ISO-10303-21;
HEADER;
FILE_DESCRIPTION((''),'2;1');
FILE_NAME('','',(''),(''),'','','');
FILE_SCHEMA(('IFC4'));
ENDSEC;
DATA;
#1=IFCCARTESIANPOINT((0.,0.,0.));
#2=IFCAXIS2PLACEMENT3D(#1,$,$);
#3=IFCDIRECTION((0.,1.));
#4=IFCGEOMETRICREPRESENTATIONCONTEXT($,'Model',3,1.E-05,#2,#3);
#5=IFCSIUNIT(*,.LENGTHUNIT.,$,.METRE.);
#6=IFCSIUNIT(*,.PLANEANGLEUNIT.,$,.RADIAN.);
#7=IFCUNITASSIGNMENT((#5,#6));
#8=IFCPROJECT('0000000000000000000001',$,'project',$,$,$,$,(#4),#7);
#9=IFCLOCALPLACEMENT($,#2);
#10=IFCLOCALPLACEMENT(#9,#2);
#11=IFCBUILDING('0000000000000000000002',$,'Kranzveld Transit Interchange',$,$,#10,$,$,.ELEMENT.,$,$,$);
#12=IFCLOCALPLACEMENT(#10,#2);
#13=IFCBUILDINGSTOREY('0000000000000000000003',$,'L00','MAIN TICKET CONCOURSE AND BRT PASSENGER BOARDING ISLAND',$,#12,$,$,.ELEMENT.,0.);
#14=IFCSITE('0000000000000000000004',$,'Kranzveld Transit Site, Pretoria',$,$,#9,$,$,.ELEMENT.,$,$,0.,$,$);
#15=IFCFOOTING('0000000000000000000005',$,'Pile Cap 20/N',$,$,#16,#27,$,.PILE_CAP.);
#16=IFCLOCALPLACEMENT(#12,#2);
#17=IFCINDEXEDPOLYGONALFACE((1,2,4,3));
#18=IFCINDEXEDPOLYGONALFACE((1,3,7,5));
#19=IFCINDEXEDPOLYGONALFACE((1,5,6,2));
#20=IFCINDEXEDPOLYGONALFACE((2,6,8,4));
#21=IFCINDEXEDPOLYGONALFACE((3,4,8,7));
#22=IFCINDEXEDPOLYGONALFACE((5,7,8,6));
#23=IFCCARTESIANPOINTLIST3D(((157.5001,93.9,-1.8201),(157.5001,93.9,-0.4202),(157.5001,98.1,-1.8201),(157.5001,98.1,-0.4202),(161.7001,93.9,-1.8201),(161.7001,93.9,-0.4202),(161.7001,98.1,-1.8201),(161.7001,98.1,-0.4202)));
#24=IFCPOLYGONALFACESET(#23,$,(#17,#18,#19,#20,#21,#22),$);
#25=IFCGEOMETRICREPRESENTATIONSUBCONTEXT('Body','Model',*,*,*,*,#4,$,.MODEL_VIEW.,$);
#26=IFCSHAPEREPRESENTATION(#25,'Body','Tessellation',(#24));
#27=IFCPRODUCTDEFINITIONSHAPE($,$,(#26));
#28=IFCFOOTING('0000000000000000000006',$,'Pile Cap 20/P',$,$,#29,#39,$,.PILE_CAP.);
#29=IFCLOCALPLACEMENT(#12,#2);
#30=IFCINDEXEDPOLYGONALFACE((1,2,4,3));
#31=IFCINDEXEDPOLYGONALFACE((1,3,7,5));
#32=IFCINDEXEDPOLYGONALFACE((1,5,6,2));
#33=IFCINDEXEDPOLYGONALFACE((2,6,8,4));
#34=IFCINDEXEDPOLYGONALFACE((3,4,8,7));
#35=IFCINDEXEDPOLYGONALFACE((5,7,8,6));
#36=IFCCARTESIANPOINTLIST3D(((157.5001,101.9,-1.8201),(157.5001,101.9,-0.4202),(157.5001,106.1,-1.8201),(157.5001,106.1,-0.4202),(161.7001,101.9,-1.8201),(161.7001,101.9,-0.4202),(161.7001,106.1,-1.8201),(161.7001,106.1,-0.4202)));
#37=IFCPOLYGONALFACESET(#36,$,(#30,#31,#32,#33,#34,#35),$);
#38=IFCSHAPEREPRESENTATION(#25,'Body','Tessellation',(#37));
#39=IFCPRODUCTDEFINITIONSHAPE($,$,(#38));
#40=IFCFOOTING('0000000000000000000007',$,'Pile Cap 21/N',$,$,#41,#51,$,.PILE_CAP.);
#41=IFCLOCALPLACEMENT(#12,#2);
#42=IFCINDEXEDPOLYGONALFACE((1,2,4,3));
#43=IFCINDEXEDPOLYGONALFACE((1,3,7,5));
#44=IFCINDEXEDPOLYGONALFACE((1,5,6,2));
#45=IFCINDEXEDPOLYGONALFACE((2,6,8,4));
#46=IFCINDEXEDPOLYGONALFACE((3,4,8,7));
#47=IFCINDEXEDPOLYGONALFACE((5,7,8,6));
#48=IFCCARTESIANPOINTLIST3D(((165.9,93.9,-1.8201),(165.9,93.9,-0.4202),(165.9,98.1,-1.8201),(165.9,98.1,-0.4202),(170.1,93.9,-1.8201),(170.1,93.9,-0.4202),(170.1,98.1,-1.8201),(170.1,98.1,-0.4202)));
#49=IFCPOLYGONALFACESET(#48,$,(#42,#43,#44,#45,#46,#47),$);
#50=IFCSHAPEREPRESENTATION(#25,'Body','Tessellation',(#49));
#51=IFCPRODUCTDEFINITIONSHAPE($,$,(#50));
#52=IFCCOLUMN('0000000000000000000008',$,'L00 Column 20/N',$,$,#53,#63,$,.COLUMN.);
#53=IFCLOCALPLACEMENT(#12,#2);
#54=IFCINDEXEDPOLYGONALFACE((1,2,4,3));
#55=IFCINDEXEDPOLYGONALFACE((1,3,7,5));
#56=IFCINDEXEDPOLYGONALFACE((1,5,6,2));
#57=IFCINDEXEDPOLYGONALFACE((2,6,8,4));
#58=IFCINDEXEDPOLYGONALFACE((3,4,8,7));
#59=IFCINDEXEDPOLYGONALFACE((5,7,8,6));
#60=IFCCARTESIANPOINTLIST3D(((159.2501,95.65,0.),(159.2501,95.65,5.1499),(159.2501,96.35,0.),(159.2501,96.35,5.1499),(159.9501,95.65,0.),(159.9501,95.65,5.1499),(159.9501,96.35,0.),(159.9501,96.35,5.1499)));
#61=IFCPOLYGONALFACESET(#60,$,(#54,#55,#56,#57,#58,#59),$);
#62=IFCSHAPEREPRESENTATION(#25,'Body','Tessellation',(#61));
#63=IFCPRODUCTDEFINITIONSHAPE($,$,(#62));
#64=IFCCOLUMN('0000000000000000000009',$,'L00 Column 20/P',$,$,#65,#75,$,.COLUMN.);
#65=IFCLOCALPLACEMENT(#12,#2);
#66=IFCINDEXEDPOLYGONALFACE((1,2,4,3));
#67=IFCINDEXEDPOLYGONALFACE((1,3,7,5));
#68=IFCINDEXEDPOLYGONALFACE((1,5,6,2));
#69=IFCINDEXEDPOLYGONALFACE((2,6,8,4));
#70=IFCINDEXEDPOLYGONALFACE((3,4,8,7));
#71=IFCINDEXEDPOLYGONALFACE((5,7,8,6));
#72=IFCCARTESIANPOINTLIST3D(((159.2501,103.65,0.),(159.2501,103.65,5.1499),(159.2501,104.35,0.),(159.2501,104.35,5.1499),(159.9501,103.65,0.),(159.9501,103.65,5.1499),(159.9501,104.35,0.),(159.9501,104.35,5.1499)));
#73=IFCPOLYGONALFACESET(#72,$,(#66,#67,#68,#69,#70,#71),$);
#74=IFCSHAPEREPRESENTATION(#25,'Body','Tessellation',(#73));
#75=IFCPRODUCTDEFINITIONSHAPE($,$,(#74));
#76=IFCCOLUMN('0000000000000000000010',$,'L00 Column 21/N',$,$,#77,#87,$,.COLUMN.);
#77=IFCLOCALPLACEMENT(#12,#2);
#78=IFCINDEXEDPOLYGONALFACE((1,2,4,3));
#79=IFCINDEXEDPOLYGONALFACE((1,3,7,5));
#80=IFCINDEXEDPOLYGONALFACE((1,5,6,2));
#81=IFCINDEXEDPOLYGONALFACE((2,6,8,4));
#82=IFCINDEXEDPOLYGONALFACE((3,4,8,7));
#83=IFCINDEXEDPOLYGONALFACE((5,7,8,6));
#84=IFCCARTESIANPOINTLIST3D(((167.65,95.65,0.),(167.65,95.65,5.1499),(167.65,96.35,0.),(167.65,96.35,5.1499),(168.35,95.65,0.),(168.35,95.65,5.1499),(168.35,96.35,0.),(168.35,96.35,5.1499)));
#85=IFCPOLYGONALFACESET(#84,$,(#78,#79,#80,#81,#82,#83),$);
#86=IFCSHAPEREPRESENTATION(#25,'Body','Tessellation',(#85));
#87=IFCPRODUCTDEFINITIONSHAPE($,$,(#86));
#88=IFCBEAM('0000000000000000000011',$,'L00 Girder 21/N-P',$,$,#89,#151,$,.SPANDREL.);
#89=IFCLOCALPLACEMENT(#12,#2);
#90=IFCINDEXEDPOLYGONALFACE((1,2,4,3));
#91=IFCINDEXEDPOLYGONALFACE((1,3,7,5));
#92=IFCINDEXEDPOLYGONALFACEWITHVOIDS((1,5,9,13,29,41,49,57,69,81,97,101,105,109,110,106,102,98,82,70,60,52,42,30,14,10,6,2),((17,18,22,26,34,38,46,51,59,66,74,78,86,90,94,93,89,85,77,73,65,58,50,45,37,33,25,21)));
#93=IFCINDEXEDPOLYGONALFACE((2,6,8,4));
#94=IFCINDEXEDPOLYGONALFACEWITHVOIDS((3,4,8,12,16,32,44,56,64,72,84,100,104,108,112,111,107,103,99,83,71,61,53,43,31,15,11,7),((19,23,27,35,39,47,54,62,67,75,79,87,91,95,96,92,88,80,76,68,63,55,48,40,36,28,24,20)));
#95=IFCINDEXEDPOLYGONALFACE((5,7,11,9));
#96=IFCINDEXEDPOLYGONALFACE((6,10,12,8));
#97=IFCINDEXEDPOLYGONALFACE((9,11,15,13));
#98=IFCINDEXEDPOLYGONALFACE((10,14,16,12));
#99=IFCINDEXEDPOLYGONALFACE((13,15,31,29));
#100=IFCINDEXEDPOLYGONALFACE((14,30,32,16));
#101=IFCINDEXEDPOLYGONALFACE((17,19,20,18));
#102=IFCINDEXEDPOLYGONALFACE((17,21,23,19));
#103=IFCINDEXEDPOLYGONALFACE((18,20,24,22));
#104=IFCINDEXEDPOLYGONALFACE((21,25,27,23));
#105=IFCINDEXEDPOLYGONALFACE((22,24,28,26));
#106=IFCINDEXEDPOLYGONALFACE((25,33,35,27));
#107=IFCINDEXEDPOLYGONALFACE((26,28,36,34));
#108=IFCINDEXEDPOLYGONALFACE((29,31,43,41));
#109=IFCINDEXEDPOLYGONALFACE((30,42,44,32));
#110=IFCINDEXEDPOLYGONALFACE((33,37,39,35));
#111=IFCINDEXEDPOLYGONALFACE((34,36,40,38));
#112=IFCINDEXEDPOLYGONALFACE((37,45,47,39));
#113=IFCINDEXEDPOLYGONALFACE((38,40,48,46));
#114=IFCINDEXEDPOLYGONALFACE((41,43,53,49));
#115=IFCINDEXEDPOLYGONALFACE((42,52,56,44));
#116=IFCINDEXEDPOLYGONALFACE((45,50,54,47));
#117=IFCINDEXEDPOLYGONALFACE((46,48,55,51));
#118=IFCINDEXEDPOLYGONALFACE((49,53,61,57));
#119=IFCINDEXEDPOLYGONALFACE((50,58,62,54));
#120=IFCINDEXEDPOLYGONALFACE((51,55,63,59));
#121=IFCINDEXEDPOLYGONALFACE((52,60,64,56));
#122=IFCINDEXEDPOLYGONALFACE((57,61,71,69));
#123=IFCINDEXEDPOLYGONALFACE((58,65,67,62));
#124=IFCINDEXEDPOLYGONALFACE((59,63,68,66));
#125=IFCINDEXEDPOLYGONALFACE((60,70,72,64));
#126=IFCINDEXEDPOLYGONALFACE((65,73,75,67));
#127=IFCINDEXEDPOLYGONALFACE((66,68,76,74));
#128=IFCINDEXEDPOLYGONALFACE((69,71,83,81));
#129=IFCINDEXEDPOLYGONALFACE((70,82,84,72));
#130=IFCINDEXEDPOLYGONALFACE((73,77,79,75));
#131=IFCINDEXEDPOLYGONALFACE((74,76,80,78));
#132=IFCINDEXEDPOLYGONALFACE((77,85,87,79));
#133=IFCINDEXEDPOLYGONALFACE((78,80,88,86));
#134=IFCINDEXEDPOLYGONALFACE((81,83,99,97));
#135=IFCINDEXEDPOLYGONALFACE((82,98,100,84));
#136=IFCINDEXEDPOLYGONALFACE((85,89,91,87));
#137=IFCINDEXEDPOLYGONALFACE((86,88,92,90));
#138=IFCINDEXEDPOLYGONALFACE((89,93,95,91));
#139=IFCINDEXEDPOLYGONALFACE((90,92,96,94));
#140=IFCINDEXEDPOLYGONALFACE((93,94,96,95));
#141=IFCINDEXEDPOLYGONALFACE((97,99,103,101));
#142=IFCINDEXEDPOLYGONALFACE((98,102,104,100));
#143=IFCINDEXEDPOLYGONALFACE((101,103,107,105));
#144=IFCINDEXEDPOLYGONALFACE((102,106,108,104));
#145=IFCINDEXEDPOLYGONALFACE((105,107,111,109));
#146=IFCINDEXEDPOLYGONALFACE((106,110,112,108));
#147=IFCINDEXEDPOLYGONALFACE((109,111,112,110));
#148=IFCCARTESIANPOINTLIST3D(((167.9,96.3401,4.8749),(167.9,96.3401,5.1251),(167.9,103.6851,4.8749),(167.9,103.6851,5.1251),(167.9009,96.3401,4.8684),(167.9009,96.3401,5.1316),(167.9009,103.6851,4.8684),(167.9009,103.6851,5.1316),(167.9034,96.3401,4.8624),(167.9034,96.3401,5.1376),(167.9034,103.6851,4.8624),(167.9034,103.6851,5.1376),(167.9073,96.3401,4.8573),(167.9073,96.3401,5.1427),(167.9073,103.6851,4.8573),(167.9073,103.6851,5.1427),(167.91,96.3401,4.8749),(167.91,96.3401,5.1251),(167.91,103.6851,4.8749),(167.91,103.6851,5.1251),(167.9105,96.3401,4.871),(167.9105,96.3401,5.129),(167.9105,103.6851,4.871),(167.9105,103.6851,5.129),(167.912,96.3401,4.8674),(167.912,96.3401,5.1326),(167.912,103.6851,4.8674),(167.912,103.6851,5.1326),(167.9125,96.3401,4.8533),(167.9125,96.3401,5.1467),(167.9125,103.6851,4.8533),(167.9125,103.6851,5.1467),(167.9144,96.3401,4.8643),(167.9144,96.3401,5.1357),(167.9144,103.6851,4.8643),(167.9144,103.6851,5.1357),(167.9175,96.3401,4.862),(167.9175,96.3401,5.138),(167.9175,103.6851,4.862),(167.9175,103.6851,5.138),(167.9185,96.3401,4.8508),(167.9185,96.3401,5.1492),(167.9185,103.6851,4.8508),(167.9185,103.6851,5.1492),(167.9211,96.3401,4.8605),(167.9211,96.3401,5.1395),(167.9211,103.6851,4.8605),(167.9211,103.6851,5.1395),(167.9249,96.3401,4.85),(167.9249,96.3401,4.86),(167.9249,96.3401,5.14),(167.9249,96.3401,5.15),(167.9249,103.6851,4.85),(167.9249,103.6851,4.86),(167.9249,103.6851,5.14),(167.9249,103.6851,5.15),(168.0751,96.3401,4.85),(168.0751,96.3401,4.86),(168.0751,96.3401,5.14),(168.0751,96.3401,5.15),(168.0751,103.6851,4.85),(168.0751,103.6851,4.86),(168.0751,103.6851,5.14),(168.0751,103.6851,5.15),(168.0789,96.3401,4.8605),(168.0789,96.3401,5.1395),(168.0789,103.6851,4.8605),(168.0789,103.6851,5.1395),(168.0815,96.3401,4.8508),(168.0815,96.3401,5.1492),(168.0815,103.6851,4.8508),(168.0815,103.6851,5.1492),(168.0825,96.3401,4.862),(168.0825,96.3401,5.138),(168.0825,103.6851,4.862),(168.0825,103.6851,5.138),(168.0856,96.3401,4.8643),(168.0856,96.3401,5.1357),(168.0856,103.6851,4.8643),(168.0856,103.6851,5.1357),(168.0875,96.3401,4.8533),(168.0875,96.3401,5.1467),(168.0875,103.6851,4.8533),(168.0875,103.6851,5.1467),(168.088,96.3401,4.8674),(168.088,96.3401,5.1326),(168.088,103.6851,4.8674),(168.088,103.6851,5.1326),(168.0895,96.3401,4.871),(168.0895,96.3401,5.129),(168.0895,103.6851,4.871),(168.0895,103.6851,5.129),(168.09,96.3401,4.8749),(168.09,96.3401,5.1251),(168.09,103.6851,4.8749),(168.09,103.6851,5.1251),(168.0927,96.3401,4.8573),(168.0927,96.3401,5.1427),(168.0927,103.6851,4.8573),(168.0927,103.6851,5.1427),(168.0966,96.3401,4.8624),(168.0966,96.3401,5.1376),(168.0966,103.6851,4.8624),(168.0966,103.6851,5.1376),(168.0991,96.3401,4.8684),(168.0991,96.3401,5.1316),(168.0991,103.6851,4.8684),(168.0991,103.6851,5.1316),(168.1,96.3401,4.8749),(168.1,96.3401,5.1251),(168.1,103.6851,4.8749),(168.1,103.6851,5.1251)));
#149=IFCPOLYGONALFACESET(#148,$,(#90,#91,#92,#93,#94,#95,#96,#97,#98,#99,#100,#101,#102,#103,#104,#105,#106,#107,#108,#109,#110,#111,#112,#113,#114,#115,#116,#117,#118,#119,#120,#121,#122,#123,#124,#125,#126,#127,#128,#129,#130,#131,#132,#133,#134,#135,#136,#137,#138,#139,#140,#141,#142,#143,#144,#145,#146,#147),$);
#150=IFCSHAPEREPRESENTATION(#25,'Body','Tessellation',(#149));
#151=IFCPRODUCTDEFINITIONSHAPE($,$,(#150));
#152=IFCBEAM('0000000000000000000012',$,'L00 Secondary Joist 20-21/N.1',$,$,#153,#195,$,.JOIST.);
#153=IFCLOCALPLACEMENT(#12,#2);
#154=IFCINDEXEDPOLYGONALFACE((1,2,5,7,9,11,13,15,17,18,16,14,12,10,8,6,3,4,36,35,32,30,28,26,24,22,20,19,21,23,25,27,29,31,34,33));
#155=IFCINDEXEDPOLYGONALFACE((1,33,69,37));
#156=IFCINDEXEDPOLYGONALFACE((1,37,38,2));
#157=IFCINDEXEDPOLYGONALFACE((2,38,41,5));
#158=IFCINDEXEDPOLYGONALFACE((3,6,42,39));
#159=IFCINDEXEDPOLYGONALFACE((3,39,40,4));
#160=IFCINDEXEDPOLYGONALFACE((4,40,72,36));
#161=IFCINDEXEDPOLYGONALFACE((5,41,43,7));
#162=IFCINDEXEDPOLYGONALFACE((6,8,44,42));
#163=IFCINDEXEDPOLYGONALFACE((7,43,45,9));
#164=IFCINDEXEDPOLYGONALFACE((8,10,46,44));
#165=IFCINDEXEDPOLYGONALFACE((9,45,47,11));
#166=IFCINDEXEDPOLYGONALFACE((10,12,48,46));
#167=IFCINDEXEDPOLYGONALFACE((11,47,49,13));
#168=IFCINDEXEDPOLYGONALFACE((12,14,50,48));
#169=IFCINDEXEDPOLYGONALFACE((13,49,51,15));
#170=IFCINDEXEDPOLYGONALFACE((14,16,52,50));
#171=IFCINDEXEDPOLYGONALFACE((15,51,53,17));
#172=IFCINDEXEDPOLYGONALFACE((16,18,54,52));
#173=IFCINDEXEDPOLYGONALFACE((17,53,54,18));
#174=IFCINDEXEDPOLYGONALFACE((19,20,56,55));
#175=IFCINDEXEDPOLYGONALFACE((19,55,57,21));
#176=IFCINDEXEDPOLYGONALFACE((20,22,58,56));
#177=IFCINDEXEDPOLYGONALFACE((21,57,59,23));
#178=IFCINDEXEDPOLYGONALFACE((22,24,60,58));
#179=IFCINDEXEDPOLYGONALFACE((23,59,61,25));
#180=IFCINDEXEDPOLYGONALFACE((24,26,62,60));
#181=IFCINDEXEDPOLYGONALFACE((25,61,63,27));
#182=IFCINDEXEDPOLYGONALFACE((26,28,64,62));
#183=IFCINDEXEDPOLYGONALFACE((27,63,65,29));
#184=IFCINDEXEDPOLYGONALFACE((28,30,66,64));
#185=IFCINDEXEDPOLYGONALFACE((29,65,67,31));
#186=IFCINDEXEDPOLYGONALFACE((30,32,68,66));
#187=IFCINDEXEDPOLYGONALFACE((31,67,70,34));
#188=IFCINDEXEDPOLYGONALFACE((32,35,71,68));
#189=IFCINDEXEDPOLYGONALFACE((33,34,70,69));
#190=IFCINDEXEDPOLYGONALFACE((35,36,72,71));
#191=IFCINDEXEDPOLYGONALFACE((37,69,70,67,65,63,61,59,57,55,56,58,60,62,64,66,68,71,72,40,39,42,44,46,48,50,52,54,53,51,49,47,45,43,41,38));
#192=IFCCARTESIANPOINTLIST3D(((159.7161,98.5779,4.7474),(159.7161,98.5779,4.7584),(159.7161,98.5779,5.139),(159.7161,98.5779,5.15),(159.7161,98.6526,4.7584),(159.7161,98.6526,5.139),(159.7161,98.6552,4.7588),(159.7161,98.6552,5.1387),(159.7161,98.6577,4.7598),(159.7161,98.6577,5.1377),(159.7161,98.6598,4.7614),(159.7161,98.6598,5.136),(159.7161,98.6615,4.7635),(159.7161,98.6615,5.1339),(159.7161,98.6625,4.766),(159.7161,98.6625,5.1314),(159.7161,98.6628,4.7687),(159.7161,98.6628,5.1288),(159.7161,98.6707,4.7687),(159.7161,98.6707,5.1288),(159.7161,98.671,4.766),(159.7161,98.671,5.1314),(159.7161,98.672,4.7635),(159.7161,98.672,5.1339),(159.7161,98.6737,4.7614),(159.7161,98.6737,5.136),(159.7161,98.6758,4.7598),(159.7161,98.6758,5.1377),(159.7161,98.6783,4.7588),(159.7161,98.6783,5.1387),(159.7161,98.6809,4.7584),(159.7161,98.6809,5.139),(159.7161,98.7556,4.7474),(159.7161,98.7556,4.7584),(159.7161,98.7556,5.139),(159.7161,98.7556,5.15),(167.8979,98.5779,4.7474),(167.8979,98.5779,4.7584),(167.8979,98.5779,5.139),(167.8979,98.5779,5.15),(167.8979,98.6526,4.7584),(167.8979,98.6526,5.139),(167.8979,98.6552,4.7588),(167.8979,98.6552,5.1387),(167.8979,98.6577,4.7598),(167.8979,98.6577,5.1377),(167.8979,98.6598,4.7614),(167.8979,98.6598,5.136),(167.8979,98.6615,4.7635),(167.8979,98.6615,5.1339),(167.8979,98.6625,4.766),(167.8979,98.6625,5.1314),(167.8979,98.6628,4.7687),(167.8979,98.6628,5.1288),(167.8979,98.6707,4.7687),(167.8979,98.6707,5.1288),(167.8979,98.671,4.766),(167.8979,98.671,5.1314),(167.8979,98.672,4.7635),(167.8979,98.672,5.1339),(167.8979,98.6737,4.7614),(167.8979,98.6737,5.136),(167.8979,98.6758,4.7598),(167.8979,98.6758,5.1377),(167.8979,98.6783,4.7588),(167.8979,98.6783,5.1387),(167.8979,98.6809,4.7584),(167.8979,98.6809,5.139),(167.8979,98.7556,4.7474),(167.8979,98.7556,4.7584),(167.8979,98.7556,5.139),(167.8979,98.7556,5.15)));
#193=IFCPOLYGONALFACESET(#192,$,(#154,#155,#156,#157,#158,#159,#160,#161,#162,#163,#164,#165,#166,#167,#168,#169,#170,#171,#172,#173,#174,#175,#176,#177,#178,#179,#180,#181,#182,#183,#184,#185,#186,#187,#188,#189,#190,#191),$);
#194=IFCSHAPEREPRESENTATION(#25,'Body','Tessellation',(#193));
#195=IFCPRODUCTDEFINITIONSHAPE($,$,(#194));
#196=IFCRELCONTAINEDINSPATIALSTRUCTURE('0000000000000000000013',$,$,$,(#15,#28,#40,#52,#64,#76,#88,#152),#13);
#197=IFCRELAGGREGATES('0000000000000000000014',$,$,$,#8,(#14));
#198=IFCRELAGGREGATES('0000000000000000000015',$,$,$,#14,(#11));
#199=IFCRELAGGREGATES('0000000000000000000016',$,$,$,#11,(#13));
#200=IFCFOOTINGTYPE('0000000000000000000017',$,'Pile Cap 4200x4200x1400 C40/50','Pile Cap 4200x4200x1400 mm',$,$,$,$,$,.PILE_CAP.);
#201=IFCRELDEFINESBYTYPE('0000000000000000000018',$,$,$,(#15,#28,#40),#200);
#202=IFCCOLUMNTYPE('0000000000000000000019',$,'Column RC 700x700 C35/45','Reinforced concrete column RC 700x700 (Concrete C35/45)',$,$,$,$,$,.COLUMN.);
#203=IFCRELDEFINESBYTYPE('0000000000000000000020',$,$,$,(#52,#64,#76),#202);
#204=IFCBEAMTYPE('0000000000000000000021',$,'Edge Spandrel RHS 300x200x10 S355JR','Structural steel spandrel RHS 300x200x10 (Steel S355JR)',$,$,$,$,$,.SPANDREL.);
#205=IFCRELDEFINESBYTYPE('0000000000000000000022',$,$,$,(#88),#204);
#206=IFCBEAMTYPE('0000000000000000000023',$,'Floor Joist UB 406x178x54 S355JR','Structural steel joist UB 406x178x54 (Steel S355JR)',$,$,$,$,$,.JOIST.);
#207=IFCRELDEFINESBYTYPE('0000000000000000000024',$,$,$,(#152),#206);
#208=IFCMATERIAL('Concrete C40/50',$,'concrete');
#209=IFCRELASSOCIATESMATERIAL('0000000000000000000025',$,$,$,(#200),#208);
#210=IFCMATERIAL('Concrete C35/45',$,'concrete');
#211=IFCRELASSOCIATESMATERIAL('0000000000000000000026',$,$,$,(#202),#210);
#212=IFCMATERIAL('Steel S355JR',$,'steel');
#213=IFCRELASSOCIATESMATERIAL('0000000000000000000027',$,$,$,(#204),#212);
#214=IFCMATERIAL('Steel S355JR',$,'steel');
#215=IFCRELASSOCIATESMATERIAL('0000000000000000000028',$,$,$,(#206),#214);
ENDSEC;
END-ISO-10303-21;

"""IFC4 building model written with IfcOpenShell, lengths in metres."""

from ifc_helpers import new_model, si_unit, direction, frame, origin, origin_2d, place, context, subcontext, project, spatial, rectangle, hollow_rectangle, i_section, extrude, material, material_profile, profile_set, type_object, element, save


model = new_model("IFC4")

# Units and contexts
model_context = context("Model", 3, precision=1e-05, world=origin(), true_north=direction((0.0, 1.0)))
body_context = subcontext(model_context, "Body", "Model", "MODEL_VIEW")
ifc_project = project(units=[si_unit("LENGTHUNIT", "METRE"), si_unit("PLANEANGLEUNIT", "RADIAN")], contexts=[model_context])

# Site, building, storey
site_placement = place(None, origin())
site = spatial("IfcSite", under=ifc_project, at=site_placement, Name="Kranzveld Transit Site, Pretoria", CompositionType="ELEMENT", RefElevation=0.0)
building_placement = place(site_placement, origin())
building = spatial("IfcBuilding", under=site, at=building_placement, Name="Kranzveld Transit Interchange", CompositionType="ELEMENT")
storey_placement = place(building_placement, origin())
storey = spatial("IfcBuildingStorey", under=building, at=storey_placement, Name="L00", Description="MAIN TICKET CONCOURSE AND BRT PASSENGER BOARDING ISLAND", CompositionType="ELEMENT", Elevation=0.0)

# Footings
ifc_material_1 = material(Name="Concrete C40/50", Category="concrete")
footing_type_1 = type_object("IfcFootingType", Name="Pile Cap 4200x4200x1400 C40/50", Description="Pile Cap 4200x4200x1400 mm", PredefinedType="PILE_CAP", material=ifc_material_1)
for number, where, z_axis, x_axis, name in (
    (1, (159.6001, 96.0, -1.8201), (0.0, 0.0, 1.0), (1.0, 0.0, 0.0), "Pile Cap 20/N"),
    (2, (159.6001, 104.0, -1.8201), (0.0, 0.0, 1.0), (1.0, 0.0, 0.0), "Pile Cap 20/P"),
    (3, (168.0, 96.0, -1.8201), (0.0, 0.0, 1.0), (1.0, 0.0, 0.0), "Pile Cap 21/N"),
):
    element("IfcFooting", number, at=place(storey_placement, frame(where, z_axis=z_axis, x_axis=x_axis)), inside=storey, type_object=footing_type_1, Name=name, PredefinedType="PILE_CAP", context=body_context, shape_type="SweptSolid", body=[
        extrude(rectangle(XDim=4.2, YDim=4.2, at=origin_2d()), origin(), (0.0, 0.0, 1.0), 1.3999),
    ])

# Columns
ifc_material_2 = material(Name="Concrete C35/45", Category="concrete")
ifc_material_profile_1 = material_profile(ifc_material_2, rectangle(XDim=0.7, YDim=0.7, at=origin_2d()), Name="RC 700x700")
ifc_profile_set_1 = profile_set([ifc_material_profile_1], Name="Concrete C35/45")
column_type = type_object("IfcColumnType", Name="Column RC 700x700 C35/45", Description="Reinforced concrete column RC 700x700 (Concrete C35/45)", PredefinedType="COLUMN", material=ifc_profile_set_1)
for number, where, z_axis, x_axis, name in (
    (4, (159.6001, 96.0, 0.0), (0.0, 0.0, 1.0), (1.0, 0.0, 0.0), "L00 Column 20/N"),
    (5, (159.6001, 104.0, 0.0), (0.0, 0.0, 1.0), (1.0, 0.0, 0.0), "L00 Column 20/P"),
    (6, (168.0, 96.0, 0.0), (0.0, 0.0, 1.0), (1.0, 0.0, 0.0), "L00 Column 21/N"),
):
    element("IfcColumn", number, at=place(storey_placement, frame(where, z_axis=z_axis, x_axis=x_axis)), inside=storey, type_object=column_type, Name=name, PredefinedType="COLUMN", context=body_context, shape_type="SweptSolid", body=[
        extrude(rectangle(XDim=0.7, YDim=0.7, at=origin_2d()), origin(), (0.0, 0.0, 1.0), 5.1499),
    ])

# Beams
ifc_material_3 = material(Name="Steel S355JR", Category="steel")
ifc_material_profile_2 = material_profile(ifc_material_3, hollow_rectangle(XDim=0.2, YDim=0.3, WallThickness=0.01, InnerFilletRadius=0.0149, OuterFilletRadius=0.0249, at=origin_2d()), Name="RHS 300x200x10")
ifc_profile_set_2 = profile_set([ifc_material_profile_2], Name="Steel S355JR")
beam_type_1 = type_object("IfcBeamType", Name="Edge Spandrel RHS 300x200x10 S355JR", Description="Structural steel spandrel RHS 300x200x10 (Steel S355JR)", PredefinedType="SPANDREL", material=ifc_profile_set_2)
beam_1_placement = place(storey_placement, frame((168.0, 96.3401, 5.0), z_axis=(0.0, 1.0, 0.0), x_axis=(-1.0, 0.0, 0.0)))
element("IfcBeam", 7, at=beam_1_placement, inside=storey, type_object=beam_type_1, Name="L00 Girder 21/N-P", PredefinedType="SPANDREL", context=body_context, shape_type="SweptSolid", body=[
    extrude(hollow_rectangle(XDim=0.2, YDim=0.3, WallThickness=0.01, InnerFilletRadius=0.0149, OuterFilletRadius=0.0249, at=origin_2d()), origin(), (0.0, 0.0, 1.0), 7.345),
])
ifc_material_4 = material(Name="Steel S355JR", Category="steel")
ifc_material_profile_3 = material_profile(ifc_material_4, i_section(OverallWidth=0.1777, OverallDepth=0.4026, WebThickness=0.0078, FlangeThickness=0.011, FilletRadius=0.0103, at=origin_2d()), Name="UB 406x178x54")
ifc_profile_set_3 = profile_set([ifc_material_profile_3], Name="Steel S355JR")
beam_type_2 = type_object("IfcBeamType", Name="Floor Joist UB 406x178x54 S355JR", Description="Structural steel joist UB 406x178x54 (Steel S355JR)", PredefinedType="JOIST", material=ifc_profile_set_3)
for number, where, z_axis, x_axis, name in (
    (8, (159.7161, 98.6667, 4.9487), (1.0, 0.0, 0.0), (0.0, 1.0, 0.0), "L00 Secondary Joist 20-21/N.1"),
):
    element("IfcBeam", number, at=place(storey_placement, frame(where, z_axis=z_axis, x_axis=x_axis)), inside=storey, type_object=beam_type_2, Name=name, PredefinedType="JOIST", context=body_context, shape_type="SweptSolid", body=[
        extrude(i_section(OverallWidth=0.1777, OverallDepth=0.4026, WebThickness=0.0078, FlangeThickness=0.011, FilletRadius=0.0103, at=origin_2d()), origin(), (0.0, 0.0, 1.0), 8.1819),
    ])

save(model, "model.ifc")
